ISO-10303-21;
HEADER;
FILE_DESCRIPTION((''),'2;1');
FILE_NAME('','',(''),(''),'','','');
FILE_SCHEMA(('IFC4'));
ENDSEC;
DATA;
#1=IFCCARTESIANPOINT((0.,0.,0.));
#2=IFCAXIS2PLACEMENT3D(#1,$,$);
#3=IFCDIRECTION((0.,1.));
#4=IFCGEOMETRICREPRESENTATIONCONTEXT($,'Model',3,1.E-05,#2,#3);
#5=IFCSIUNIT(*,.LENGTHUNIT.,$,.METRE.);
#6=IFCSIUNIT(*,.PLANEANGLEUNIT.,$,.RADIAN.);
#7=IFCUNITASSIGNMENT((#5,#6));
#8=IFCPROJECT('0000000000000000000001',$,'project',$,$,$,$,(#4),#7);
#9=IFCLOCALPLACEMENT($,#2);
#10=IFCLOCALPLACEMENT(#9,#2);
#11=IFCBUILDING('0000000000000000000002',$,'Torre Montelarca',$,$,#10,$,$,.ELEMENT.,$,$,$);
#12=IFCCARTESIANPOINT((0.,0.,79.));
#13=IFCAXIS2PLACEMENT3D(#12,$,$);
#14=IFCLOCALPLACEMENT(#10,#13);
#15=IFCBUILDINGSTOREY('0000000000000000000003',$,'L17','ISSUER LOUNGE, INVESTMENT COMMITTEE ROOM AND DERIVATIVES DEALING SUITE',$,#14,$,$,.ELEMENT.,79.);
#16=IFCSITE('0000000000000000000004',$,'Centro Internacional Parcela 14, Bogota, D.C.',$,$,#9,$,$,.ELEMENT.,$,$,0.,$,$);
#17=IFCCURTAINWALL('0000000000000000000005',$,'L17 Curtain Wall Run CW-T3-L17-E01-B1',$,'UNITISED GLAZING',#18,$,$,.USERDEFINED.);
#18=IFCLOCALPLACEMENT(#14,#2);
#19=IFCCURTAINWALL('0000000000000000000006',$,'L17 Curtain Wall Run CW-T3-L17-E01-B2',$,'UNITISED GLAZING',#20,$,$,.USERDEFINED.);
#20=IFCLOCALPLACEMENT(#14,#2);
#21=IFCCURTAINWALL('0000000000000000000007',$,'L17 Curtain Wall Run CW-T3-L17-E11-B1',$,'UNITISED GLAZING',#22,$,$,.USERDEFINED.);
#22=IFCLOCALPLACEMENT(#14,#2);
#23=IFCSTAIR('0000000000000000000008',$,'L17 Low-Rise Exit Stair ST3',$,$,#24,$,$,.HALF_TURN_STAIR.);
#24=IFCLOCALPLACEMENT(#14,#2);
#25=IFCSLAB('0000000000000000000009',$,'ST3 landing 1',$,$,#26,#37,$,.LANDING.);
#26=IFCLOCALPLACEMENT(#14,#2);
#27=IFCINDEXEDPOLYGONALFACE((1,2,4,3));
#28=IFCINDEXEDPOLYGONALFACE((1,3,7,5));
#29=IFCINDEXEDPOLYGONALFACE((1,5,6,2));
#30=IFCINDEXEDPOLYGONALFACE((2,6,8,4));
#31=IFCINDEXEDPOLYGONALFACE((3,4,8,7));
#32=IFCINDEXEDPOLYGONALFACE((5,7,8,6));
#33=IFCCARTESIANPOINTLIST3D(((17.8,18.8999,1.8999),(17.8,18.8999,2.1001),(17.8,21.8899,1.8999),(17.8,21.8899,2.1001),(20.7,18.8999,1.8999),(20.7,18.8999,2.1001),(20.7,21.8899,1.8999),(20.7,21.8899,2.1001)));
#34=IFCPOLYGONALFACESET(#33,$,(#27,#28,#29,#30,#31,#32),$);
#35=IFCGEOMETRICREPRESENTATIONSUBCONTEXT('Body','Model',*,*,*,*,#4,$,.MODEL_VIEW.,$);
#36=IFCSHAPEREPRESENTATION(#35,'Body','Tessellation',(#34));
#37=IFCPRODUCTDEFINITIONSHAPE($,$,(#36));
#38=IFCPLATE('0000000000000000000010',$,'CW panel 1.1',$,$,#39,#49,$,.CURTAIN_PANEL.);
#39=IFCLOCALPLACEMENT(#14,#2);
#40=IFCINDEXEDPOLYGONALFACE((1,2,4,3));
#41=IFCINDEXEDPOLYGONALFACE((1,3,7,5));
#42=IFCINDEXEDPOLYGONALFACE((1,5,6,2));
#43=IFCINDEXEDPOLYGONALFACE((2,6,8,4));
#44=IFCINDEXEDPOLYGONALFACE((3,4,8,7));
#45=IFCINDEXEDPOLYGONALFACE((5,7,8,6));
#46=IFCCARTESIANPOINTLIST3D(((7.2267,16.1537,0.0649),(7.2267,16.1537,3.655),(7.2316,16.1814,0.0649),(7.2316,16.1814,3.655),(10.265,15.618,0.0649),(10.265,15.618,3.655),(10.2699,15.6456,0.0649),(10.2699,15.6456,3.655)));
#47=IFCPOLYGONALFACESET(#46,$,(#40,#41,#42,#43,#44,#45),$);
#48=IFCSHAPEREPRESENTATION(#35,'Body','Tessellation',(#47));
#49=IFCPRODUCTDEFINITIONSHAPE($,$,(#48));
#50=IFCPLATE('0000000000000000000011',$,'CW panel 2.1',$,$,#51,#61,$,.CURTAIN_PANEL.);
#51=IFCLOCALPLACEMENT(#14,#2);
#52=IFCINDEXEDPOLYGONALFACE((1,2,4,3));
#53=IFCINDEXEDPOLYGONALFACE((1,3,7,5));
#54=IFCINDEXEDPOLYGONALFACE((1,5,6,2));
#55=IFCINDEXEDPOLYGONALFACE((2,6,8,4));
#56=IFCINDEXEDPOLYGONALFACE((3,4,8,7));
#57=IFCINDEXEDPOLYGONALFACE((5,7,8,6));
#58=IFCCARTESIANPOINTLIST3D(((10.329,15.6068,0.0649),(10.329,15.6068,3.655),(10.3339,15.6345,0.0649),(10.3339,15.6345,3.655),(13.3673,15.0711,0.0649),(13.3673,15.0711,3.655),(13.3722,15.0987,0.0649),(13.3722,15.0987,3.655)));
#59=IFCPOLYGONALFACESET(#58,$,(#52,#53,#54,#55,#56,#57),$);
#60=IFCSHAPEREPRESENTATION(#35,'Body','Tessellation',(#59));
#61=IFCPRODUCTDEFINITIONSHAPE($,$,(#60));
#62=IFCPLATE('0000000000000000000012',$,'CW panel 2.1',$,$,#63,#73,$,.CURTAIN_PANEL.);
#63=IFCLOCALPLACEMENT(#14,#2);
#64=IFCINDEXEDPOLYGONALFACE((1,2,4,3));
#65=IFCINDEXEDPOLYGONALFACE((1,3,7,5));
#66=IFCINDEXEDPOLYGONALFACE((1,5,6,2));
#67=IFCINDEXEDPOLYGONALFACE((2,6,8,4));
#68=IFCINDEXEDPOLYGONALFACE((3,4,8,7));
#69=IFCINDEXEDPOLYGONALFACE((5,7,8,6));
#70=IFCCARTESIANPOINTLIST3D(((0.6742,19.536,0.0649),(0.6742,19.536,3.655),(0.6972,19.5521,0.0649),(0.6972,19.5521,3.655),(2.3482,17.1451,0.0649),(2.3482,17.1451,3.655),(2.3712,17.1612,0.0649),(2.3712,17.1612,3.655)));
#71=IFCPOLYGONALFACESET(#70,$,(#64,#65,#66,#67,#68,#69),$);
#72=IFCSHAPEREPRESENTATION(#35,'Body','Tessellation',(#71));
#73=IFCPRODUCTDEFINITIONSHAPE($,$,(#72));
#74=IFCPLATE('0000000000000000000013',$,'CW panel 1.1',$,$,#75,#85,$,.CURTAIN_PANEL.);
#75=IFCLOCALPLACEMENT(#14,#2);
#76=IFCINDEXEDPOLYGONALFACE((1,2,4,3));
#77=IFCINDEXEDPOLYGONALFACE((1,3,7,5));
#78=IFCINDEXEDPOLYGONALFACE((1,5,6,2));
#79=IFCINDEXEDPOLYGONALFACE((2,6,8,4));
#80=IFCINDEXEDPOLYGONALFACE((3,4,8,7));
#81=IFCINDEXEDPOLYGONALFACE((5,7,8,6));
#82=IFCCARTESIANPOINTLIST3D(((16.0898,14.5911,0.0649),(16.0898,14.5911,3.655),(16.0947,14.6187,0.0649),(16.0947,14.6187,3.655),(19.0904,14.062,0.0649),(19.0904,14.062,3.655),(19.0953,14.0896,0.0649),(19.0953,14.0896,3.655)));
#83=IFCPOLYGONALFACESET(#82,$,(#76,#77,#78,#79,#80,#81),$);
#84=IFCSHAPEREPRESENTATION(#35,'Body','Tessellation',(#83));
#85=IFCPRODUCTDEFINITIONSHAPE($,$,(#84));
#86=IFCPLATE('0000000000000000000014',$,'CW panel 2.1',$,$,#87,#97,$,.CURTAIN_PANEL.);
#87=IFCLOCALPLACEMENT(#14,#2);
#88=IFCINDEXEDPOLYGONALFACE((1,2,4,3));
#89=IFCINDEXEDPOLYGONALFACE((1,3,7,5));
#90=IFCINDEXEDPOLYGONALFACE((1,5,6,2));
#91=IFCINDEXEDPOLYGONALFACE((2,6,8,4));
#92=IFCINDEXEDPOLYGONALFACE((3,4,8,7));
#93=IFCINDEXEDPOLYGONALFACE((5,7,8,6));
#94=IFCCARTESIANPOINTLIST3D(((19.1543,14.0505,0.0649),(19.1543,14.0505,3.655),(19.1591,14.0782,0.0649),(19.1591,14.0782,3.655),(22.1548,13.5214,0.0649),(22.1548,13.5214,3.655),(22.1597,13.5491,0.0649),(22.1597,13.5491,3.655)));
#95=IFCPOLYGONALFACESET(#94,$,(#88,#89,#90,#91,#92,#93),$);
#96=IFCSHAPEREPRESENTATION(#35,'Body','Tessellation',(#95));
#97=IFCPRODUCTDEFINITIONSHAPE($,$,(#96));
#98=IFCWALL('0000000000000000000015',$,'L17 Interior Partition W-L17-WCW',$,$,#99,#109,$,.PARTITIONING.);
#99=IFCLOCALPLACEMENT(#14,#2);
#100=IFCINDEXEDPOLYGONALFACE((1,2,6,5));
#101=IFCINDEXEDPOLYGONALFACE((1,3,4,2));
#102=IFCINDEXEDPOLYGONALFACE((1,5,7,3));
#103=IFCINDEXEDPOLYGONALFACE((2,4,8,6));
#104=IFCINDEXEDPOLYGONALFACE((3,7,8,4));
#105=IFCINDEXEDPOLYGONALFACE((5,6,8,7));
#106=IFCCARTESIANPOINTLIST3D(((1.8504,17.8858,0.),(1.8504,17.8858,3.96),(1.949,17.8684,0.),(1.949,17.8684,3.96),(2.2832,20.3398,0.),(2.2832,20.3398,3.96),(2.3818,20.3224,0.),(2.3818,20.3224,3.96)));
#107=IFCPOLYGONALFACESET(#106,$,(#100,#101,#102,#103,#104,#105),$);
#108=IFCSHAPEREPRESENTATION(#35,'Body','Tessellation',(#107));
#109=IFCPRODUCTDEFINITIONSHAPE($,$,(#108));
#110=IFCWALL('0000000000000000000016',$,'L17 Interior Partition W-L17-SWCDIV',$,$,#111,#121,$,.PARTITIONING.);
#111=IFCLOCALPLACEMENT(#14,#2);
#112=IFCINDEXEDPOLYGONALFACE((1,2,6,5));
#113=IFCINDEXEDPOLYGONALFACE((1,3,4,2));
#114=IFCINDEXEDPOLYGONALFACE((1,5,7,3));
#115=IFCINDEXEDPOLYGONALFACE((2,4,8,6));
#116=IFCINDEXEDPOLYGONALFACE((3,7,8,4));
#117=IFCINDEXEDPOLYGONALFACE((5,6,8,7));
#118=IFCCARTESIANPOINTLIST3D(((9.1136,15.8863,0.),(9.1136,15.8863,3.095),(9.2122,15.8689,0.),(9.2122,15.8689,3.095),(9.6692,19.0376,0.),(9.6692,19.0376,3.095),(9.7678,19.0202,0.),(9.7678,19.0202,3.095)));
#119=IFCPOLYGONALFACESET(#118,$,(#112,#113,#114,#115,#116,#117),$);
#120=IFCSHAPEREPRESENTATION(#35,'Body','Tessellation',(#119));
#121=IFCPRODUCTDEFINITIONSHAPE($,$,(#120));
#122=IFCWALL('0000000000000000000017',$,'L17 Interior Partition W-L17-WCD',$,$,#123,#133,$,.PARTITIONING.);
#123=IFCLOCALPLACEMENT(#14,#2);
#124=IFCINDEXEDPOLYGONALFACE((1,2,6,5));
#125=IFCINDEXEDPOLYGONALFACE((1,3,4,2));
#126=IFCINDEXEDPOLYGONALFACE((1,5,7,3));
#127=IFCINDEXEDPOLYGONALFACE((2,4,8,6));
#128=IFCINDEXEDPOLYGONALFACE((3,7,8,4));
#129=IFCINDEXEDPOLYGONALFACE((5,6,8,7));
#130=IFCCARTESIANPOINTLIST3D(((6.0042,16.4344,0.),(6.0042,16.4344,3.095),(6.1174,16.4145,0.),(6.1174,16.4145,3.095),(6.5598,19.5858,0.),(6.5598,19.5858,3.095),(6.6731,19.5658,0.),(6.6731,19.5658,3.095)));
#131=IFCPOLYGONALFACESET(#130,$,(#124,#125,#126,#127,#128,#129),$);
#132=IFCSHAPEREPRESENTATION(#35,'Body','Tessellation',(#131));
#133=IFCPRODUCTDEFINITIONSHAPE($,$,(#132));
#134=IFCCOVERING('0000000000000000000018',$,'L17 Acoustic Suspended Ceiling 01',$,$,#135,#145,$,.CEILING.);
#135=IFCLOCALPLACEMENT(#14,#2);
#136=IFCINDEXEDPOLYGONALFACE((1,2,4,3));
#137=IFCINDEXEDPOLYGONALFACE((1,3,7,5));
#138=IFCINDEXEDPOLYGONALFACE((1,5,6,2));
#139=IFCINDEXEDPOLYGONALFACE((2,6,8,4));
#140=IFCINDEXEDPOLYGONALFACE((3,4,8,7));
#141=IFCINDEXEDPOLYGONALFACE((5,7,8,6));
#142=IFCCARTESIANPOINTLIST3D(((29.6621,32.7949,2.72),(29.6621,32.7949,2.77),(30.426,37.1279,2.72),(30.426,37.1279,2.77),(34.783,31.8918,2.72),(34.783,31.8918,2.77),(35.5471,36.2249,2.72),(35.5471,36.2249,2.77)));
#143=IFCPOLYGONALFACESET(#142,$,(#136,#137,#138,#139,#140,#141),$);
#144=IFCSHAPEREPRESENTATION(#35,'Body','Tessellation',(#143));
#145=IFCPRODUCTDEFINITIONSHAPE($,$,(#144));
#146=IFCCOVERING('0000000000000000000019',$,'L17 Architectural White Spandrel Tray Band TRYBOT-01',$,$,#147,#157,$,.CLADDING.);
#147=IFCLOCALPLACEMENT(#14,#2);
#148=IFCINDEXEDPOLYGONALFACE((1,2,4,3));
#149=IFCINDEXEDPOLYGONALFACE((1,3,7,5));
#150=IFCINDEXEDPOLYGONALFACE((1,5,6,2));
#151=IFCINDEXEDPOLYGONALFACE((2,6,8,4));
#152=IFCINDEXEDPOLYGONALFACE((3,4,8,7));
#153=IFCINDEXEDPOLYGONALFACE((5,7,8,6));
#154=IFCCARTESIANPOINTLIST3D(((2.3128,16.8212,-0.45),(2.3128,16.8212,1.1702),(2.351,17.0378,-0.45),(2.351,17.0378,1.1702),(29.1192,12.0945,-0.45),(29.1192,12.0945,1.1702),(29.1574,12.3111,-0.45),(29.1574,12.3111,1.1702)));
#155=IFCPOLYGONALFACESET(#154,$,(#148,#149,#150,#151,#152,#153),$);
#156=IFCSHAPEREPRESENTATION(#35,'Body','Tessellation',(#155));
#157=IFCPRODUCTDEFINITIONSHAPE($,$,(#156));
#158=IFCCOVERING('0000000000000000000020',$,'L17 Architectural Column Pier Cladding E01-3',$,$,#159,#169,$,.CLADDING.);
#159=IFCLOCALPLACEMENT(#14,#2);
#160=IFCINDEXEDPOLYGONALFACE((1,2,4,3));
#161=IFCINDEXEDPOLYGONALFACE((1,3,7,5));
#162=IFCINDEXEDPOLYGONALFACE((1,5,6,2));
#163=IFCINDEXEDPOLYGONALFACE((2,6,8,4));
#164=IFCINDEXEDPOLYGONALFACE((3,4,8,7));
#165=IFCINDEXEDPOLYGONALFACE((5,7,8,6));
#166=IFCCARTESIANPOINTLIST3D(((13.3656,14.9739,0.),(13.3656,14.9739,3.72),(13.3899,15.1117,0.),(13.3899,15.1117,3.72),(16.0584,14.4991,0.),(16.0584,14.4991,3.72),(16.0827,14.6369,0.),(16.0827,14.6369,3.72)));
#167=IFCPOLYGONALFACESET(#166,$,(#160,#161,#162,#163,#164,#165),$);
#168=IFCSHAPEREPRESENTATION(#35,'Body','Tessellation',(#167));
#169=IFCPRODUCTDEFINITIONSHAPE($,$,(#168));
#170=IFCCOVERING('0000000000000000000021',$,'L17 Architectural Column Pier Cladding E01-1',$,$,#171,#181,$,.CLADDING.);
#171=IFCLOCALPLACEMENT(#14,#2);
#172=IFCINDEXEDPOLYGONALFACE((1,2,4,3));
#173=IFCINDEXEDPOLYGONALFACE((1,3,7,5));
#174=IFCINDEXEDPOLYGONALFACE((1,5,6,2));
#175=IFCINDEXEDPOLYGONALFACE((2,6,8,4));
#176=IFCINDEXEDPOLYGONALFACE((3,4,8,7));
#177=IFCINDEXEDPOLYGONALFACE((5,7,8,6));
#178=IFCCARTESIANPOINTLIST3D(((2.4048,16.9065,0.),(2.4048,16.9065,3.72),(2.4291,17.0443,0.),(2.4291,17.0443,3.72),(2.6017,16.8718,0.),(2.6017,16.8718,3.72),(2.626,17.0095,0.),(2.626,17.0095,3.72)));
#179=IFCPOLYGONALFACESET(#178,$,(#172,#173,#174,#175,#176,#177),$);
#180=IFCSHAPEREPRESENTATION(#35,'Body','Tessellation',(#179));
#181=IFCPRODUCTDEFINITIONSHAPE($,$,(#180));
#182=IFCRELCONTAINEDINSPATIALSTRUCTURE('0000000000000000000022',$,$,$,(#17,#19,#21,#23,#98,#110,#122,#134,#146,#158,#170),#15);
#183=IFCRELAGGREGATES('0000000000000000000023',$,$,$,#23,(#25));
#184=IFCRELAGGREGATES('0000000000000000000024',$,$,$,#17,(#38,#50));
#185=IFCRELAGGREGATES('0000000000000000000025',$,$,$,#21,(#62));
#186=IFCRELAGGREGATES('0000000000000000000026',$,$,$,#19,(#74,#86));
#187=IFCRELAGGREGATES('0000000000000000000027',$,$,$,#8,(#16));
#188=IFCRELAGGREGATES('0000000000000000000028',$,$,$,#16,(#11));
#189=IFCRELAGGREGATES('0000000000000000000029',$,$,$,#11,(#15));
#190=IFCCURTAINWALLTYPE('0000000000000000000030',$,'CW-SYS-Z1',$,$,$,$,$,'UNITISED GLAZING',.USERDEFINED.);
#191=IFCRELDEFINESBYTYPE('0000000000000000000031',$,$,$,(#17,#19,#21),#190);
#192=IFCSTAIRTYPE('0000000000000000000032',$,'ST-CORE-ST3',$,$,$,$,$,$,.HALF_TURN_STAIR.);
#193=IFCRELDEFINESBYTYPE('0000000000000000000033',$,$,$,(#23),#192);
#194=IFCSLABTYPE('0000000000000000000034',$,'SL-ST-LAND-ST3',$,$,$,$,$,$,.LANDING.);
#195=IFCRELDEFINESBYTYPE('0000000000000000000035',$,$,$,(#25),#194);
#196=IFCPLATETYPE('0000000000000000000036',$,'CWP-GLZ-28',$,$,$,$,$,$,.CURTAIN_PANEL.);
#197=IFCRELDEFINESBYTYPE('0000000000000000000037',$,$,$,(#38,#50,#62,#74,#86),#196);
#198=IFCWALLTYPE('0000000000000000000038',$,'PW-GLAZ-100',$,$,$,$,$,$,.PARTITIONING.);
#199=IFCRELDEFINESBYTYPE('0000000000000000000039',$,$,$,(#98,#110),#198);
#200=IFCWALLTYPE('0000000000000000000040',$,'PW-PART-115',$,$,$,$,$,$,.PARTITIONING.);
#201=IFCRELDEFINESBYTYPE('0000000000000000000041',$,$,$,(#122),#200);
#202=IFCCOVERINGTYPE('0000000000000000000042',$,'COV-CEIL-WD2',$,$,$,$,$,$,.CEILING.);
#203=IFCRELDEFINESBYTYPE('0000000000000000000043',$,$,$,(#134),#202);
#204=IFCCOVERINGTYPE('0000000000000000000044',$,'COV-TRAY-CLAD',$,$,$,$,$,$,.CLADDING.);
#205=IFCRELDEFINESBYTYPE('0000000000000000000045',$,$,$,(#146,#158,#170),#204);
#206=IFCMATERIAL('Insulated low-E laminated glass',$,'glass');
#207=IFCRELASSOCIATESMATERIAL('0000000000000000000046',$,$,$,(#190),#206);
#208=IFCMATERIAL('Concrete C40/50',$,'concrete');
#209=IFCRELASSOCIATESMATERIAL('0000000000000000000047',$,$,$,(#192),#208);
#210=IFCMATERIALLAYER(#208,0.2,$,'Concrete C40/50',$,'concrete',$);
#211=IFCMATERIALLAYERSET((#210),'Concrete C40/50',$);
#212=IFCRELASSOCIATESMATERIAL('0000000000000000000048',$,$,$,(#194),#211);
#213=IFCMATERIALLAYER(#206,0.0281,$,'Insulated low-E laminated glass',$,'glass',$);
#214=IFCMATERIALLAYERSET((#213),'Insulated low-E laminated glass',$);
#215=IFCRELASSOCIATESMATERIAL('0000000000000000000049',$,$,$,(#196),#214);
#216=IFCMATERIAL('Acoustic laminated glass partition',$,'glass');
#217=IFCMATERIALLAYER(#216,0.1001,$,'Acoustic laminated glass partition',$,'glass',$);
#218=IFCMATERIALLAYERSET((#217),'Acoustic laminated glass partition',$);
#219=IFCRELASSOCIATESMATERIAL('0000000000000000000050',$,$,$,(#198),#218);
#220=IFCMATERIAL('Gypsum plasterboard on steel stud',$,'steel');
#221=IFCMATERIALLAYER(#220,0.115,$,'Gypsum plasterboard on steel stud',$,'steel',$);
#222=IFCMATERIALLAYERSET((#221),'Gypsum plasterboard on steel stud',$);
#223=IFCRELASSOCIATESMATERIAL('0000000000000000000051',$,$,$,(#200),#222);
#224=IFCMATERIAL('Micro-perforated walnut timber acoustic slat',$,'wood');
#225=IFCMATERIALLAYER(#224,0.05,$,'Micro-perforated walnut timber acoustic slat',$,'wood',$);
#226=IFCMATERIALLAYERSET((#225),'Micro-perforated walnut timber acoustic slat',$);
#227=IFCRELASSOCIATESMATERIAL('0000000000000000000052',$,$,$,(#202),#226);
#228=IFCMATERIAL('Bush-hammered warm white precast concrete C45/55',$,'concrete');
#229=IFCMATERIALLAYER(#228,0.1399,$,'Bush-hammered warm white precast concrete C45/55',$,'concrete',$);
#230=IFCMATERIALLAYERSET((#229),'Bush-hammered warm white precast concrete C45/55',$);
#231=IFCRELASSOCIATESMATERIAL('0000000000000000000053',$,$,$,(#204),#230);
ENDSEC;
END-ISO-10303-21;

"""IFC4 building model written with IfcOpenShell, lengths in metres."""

from ifc_helpers import new_model, si_unit, direction, frame, frame_2d, origin, origin_2d, place, context, subcontext, project, spatial, polyline, rectangle, outline, extrude, source, transform, mapped, material, layer, layer_set, type_object, element, aggregate, save


model = new_model("IFC4")

# Units and contexts
model_context = context("Model", 3, precision=1e-05, world=origin(), true_north=direction((0.0, 1.0)))
body_context = subcontext(model_context, "Body", "Model", "MODEL_VIEW")
ifc_project = project(units=[si_unit("LENGTHUNIT", "METRE"), si_unit("PLANEANGLEUNIT", "RADIAN")], contexts=[model_context])

# Site, building, storey
site_placement = place(None, origin())
site = spatial("IfcSite", under=ifc_project, at=site_placement, Name="Centro Internacional Parcela 14, Bogota, D.C.", CompositionType="ELEMENT", RefElevation=0.0)
building_placement = place(site_placement, origin())
building = spatial("IfcBuilding", under=site, at=building_placement, Name="Torre Montelarca", CompositionType="ELEMENT")
storey_placement = place(building_placement, frame((0.0, 0.0, 79.0)))
storey = spatial("IfcBuildingStorey", under=building, at=storey_placement, Name="L17", Description="ISSUER LOUNGE, INVESTMENT COMMITTEE ROOM AND DERIVATIVES DEALING SUITE", CompositionType="ELEMENT", Elevation=79.0)

# Curtain walls
ifc_material_1 = material(Name="Insulated low-E laminated glass", Category="glass")
curtain_wall_type = type_object("IfcCurtainWallType", Name="CW-SYS-Z1", ElementType="UNITISED GLAZING", PredefinedType="USERDEFINED", material=ifc_material_1)
curtain_wall_1_placement = place(storey_placement, origin())
curtain_wall_1 = element("IfcCurtainWall", 1, at=curtain_wall_1_placement, inside=storey, type_object=curtain_wall_type, Name="L17 Curtain Wall Run CW-T3-L17-E01-B1", ObjectType="UNITISED GLAZING", PredefinedType="USERDEFINED")
curtain_wall_2_placement = place(storey_placement, origin())
curtain_wall_2 = element("IfcCurtainWall", 2, at=curtain_wall_2_placement, inside=storey, type_object=curtain_wall_type, Name="L17 Curtain Wall Run CW-T3-L17-E01-B2", ObjectType="UNITISED GLAZING", PredefinedType="USERDEFINED")

# Curtain wall
curtain_wall_3_placement = place(storey_placement, origin())
curtain_wall_3 = element("IfcCurtainWall", 3, at=curtain_wall_3_placement, inside=storey, type_object=curtain_wall_type, Name="L17 Curtain Wall Run CW-T3-L17-E11-B1", ObjectType="UNITISED GLAZING", PredefinedType="USERDEFINED")

# Shared definitions
ifc_material_2 = material(Name="Concrete C40/50", Category="concrete")

# Stair, slab
stair_type_1 = type_object("IfcStairType", Name="ST-CORE-ST3", PredefinedType="HALF_TURN_STAIR", material=ifc_material_2)
stair_1_placement = place(storey_placement, origin())
stair_1 = element("IfcStair", 4, at=stair_1_placement, inside=storey, type_object=stair_type_1, Name="L17 Low-Rise Exit Stair ST3", PredefinedType="HALF_TURN_STAIR")
ifc_layer_1 = layer(ifc_material_2, 0.2, Name="Concrete C40/50", Category="concrete")
ifc_layer_set_1 = layer_set([ifc_layer_1], Name="Concrete C40/50")
slab_type_1 = type_object("IfcSlabType", Name="SL-ST-LAND-ST3", PredefinedType="LANDING", material=ifc_layer_set_1)
slab_1_placement = place(storey_placement, frame((0.0, 0.0, 1.8999)))
slab_1 = element("IfcSlab", 5, at=slab_1_placement, type_object=slab_type_1, Name="ST3 landing 1", PredefinedType="LANDING", context=body_context, shape_type="SweptSolid", body=[
    extrude(outline(polyline([(17.8, 18.8999), (20.7, 18.8999), (20.7, 21.8899), (17.8, 21.8899), (17.8, 18.8999)])), origin(), (0.0, 0.0, 1.0), 0.2002),
])
aggregate(stair_1, [slab_1])

# Plates
ifc_layer_2 = layer(ifc_material_1, 0.0281, Name="Insulated low-E laminated glass", Category="glass")
ifc_layer_set_2 = layer_set([ifc_layer_2], Name="Insulated low-E laminated glass")
plate_type = type_object("IfcPlateType", Name="CWP-GLZ-28", PredefinedType="CURTAIN_PANEL", material=ifc_layer_set_2)
shared_shape_1 = source(origin(), body_context, "Body", "SweptSolid", [
    extrude(rectangle(XDim=3.0852, YDim=0.0281, at=origin_2d()), origin(), (0.0, 0.0, 1.0), 3.5901),
])
plate_1_placement = place(storey_placement, frame((8.7483, 15.8997, 0.0649), z_axis=(0.0, 0.0, 1.0), x_axis=(0.984807, -0.173654, 0.0)))
plate_1 = element("IfcPlate", 6, at=plate_1_placement, type_object=plate_type, Name="CW panel 1.1", PredefinedType="CURTAIN_PANEL", context=body_context, shape_type="MappedRepresentation", body=[
    mapped(shared_shape_1, transform((0.0, 0.0, 0.0), scale=1.0)),
])
plate_2_placement = place(storey_placement, frame((11.8506, 15.3528, 0.0649), z_axis=(0.0, 0.0, 1.0), x_axis=(0.984807, -0.173654, 0.0)))
plate_2 = element("IfcPlate", 7, at=plate_2_placement, type_object=plate_type, Name="CW panel 2.1", PredefinedType="CURTAIN_PANEL", context=body_context, shape_type="MappedRepresentation", body=[
    mapped(shared_shape_1, transform((0.0, 0.0, 0.0), scale=1.0)),
])
aggregate(curtain_wall_1, [plate_1, plate_2])
shared_shape_2 = source(origin(), body_context, "Body", "SweptSolid", [
    extrude(rectangle(XDim=2.9187, YDim=0.0281, at=origin_2d()), origin(), (0.0, 0.0, 1.0), 3.5901),
])
plate_3_placement = place(storey_placement, frame((1.5227, 18.3486, 0.0649), z_axis=(0.0, 0.0, 1.0), x_axis=(0.573546, -0.819174, 0.0)))
plate_3 = element("IfcPlate", 8, at=plate_3_placement, type_object=plate_type, Name="CW panel 2.1", PredefinedType="CURTAIN_PANEL", context=body_context, shape_type="MappedRepresentation", body=[
    mapped(shared_shape_2, transform((0.0, 0.0, 0.0), scale=1.0)),
])
aggregate(curtain_wall_3, [plate_3])
shared_shape_3 = source(origin(), body_context, "Body", "SweptSolid", [
    extrude(rectangle(XDim=3.0469, YDim=0.0281, at=origin_2d()), origin(), (0.0, 0.0, 1.0), 3.5901),
])
plate_4_placement = place(storey_placement, frame((17.5925, 14.3403, 0.0649), z_axis=(0.0, 0.0, 1.0), x_axis=(0.984808, -0.173649, 0.0)))
plate_4 = element("IfcPlate", 9, at=plate_4_placement, type_object=plate_type, Name="CW panel 1.1", PredefinedType="CURTAIN_PANEL", context=body_context, shape_type="MappedRepresentation", body=[
    mapped(shared_shape_3, transform((0.0, 0.0, 0.0), scale=1.0)),
])
plate_5_placement = place(storey_placement, frame((20.657, 13.7998, 0.0649), z_axis=(0.0, 0.0, 1.0), x_axis=(0.984808, -0.173649, 0.0)))
plate_5 = element("IfcPlate", 10, at=plate_5_placement, type_object=plate_type, Name="CW panel 2.1", PredefinedType="CURTAIN_PANEL", context=body_context, shape_type="MappedRepresentation", body=[
    mapped(shared_shape_3, transform((0.0, 0.0, 0.0), scale=1.0)),
])
aggregate(curtain_wall_2, [plate_4, plate_5])

# Walls
ifc_material_3 = material(Name="Acoustic laminated glass partition", Category="glass")
ifc_layer_3 = layer(ifc_material_3, 0.1001, Name="Acoustic laminated glass partition", Category="glass")
ifc_layer_set_3 = layer_set([ifc_layer_3], Name="Acoustic laminated glass partition")
wall_type_1 = type_object("IfcWallType", Name="PW-GLAZ-100", PredefinedType="PARTITIONING", material=ifc_layer_set_3)
wall_1_placement = place(storey_placement, frame((1.8997, 17.877, 0.0), z_axis=(0.0, 0.0, 1.0), x_axis=(0.173701, 0.984798, 0.0)))
element("IfcWall", 11, at=wall_1_placement, inside=storey, type_object=wall_type_1, Name="L17 Interior Partition W-L17-WCW", PredefinedType="PARTITIONING", context=body_context, shape_type="SweptSolid", body=[
    extrude(rectangle(XDim=2.4919, YDim=0.1001, at=frame_2d((1.2461, 0.0))), origin(), (0.0, 0.0, 1.0), 3.96),
])
wall_2_placement = place(storey_placement, frame((9.1628, 15.8774, 0.0), z_axis=(0.0, 0.0, 1.0), x_axis=(0.173646, 0.984808, 0.0)))
element("IfcWall", 12, at=wall_2_placement, inside=storey, type_object=wall_type_1, Name="L17 Interior Partition W-L17-SWCDIV", PredefinedType="PARTITIONING", context=body_context, shape_type="SweptSolid", body=[
    extrude(rectangle(XDim=3.2, YDim=0.1001, at=frame_2d((1.6001, 0.0))), origin(), (0.0, 0.0, 1.0), 3.095),
])
ifc_material_4 = material(Name="Gypsum plasterboard on steel stud", Category="steel")
ifc_layer_4 = layer(ifc_material_4, 0.115, Name="Gypsum plasterboard on steel stud", Category="steel")
ifc_layer_set_4 = layer_set([ifc_layer_4], Name="Gypsum plasterboard on steel stud")
wall_type_2 = type_object("IfcWallType", Name="PW-PART-115", PredefinedType="PARTITIONING", material=ifc_layer_set_4)
wall_3_placement = place(storey_placement, frame((6.0608, 16.4243, 0.0), z_axis=(0.0, 0.0, 1.0), x_axis=(0.173646, 0.984808, 0.0)))
element("IfcWall", 13, at=wall_3_placement, inside=storey, type_object=wall_type_2, Name="L17 Interior Partition W-L17-WCD", PredefinedType="PARTITIONING", context=body_context, shape_type="SweptSolid", body=[
    extrude(rectangle(XDim=3.2, YDim=0.115, at=frame_2d((1.6001, 0.0))), origin(), (0.0, 0.0, 1.0), 3.095),
])

# Coverings
ifc_material_5 = material(Name="Micro-perforated walnut timber acoustic slat", Category="wood")
ifc_layer_5 = layer(ifc_material_5, 0.05, Name="Micro-perforated walnut timber acoustic slat", Category="wood")
ifc_layer_set_5 = layer_set([ifc_layer_5], Name="Micro-perforated walnut timber acoustic slat")
covering_type_1 = type_object("IfcCoveringType", Name="COV-CEIL-WD2", PredefinedType="CEILING", material=ifc_layer_set_5)
covering_1_placement = place(storey_placement, frame((0.0, 0.0, 2.72)))
element("IfcCovering", 14, at=covering_1_placement, inside=storey, type_object=covering_type_1, Name="L17 Acoustic Suspended Ceiling 01", PredefinedType="CEILING", context=body_context, shape_type="SweptSolid", body=[
    extrude(outline(polyline([(29.6621, 32.7949), (34.783, 31.8918), (35.5471, 36.2249), (30.426, 37.1279), (29.6621, 32.7949)])), origin(), (0.0, 0.0, 1.0), 0.05),
])
ifc_material_6 = material(Name="Bush-hammered warm white precast concrete C45/55", Category="concrete")
ifc_layer_6 = layer(ifc_material_6, 0.1399, Name="Bush-hammered warm white precast concrete C45/55", Category="concrete")
ifc_layer_set_6 = layer_set([ifc_layer_6], Name="Bush-hammered warm white precast concrete C45/55")
covering_type_2 = type_object("IfcCoveringType", Name="COV-TRAY-CLAD", PredefinedType="CLADDING", material=ifc_layer_set_6)
shared_shape_4 = source(origin(), body_context, "Body", "SweptSolid", [
    extrude(rectangle(XDim=27.22, YDim=0.22, at=origin_2d()), origin(), (0.0, 0.0, 1.0), 1.6201),
])
covering_2_placement = place(storey_placement, frame((15.7351, 14.5662, -0.45), z_axis=(0.0, 0.0, 1.0), x_axis=(0.984807, -0.17365, 0.0)))
element("IfcCovering", 15, at=covering_2_placement, inside=storey, type_object=covering_type_2, Name="L17 Architectural White Spandrel Tray Band TRYBOT-01", PredefinedType="CLADDING", context=body_context, shape_type="MappedRepresentation", body=[
    mapped(shared_shape_4, transform((0.0, 0.0, 0.0), scale=1.0)),
])
shared_shape_5 = source(origin(), body_context, "Body", "SweptSolid", [
    extrude(rectangle(XDim=2.7344, YDim=0.1399, at=origin_2d()), origin(), (0.0, 0.0, 1.0), 3.72),
])
covering_3_placement = place(storey_placement, frame((14.7241, 14.8054, 0.0), z_axis=(0.0, 0.0, 1.0), x_axis=(0.984808, -0.173648, 0.0)))
element("IfcCovering", 16, at=covering_3_placement, inside=storey, type_object=covering_type_2, Name="L17 Architectural Column Pier Cladding E01-3", PredefinedType="CLADDING", context=body_context, shape_type="MappedRepresentation", body=[
    mapped(shared_shape_5, transform((0.0, 0.0, 0.0), scale=1.0)),
])
shared_shape_6 = source(origin(), body_context, "Body", "SweptSolid", [
    extrude(rectangle(XDim=0.2, YDim=0.1399, at=origin_2d()), origin(), (0.0, 0.0, 1.0), 3.72),
])
for number, where, z_axis, x_axis, name in (
    (17, (2.5154, 16.958, 0.0), (0.0, 0.0, 1.0), (0.984808, -0.173648, 0.0), "L17 Architectural Column Pier Cladding E01-1"),
):
    element("IfcCovering", number, at=place(storey_placement, frame(where, z_axis=z_axis, x_axis=x_axis)), inside=storey, type_object=covering_type_2, Name=name, PredefinedType="CLADDING", context=body_context, shape_type="MappedRepresentation", body=[
        mapped(shared_shape_6, transform((0.0, 0.0, 0.0), scale=1.0)),
    ])

save(model, "model.ifc")
